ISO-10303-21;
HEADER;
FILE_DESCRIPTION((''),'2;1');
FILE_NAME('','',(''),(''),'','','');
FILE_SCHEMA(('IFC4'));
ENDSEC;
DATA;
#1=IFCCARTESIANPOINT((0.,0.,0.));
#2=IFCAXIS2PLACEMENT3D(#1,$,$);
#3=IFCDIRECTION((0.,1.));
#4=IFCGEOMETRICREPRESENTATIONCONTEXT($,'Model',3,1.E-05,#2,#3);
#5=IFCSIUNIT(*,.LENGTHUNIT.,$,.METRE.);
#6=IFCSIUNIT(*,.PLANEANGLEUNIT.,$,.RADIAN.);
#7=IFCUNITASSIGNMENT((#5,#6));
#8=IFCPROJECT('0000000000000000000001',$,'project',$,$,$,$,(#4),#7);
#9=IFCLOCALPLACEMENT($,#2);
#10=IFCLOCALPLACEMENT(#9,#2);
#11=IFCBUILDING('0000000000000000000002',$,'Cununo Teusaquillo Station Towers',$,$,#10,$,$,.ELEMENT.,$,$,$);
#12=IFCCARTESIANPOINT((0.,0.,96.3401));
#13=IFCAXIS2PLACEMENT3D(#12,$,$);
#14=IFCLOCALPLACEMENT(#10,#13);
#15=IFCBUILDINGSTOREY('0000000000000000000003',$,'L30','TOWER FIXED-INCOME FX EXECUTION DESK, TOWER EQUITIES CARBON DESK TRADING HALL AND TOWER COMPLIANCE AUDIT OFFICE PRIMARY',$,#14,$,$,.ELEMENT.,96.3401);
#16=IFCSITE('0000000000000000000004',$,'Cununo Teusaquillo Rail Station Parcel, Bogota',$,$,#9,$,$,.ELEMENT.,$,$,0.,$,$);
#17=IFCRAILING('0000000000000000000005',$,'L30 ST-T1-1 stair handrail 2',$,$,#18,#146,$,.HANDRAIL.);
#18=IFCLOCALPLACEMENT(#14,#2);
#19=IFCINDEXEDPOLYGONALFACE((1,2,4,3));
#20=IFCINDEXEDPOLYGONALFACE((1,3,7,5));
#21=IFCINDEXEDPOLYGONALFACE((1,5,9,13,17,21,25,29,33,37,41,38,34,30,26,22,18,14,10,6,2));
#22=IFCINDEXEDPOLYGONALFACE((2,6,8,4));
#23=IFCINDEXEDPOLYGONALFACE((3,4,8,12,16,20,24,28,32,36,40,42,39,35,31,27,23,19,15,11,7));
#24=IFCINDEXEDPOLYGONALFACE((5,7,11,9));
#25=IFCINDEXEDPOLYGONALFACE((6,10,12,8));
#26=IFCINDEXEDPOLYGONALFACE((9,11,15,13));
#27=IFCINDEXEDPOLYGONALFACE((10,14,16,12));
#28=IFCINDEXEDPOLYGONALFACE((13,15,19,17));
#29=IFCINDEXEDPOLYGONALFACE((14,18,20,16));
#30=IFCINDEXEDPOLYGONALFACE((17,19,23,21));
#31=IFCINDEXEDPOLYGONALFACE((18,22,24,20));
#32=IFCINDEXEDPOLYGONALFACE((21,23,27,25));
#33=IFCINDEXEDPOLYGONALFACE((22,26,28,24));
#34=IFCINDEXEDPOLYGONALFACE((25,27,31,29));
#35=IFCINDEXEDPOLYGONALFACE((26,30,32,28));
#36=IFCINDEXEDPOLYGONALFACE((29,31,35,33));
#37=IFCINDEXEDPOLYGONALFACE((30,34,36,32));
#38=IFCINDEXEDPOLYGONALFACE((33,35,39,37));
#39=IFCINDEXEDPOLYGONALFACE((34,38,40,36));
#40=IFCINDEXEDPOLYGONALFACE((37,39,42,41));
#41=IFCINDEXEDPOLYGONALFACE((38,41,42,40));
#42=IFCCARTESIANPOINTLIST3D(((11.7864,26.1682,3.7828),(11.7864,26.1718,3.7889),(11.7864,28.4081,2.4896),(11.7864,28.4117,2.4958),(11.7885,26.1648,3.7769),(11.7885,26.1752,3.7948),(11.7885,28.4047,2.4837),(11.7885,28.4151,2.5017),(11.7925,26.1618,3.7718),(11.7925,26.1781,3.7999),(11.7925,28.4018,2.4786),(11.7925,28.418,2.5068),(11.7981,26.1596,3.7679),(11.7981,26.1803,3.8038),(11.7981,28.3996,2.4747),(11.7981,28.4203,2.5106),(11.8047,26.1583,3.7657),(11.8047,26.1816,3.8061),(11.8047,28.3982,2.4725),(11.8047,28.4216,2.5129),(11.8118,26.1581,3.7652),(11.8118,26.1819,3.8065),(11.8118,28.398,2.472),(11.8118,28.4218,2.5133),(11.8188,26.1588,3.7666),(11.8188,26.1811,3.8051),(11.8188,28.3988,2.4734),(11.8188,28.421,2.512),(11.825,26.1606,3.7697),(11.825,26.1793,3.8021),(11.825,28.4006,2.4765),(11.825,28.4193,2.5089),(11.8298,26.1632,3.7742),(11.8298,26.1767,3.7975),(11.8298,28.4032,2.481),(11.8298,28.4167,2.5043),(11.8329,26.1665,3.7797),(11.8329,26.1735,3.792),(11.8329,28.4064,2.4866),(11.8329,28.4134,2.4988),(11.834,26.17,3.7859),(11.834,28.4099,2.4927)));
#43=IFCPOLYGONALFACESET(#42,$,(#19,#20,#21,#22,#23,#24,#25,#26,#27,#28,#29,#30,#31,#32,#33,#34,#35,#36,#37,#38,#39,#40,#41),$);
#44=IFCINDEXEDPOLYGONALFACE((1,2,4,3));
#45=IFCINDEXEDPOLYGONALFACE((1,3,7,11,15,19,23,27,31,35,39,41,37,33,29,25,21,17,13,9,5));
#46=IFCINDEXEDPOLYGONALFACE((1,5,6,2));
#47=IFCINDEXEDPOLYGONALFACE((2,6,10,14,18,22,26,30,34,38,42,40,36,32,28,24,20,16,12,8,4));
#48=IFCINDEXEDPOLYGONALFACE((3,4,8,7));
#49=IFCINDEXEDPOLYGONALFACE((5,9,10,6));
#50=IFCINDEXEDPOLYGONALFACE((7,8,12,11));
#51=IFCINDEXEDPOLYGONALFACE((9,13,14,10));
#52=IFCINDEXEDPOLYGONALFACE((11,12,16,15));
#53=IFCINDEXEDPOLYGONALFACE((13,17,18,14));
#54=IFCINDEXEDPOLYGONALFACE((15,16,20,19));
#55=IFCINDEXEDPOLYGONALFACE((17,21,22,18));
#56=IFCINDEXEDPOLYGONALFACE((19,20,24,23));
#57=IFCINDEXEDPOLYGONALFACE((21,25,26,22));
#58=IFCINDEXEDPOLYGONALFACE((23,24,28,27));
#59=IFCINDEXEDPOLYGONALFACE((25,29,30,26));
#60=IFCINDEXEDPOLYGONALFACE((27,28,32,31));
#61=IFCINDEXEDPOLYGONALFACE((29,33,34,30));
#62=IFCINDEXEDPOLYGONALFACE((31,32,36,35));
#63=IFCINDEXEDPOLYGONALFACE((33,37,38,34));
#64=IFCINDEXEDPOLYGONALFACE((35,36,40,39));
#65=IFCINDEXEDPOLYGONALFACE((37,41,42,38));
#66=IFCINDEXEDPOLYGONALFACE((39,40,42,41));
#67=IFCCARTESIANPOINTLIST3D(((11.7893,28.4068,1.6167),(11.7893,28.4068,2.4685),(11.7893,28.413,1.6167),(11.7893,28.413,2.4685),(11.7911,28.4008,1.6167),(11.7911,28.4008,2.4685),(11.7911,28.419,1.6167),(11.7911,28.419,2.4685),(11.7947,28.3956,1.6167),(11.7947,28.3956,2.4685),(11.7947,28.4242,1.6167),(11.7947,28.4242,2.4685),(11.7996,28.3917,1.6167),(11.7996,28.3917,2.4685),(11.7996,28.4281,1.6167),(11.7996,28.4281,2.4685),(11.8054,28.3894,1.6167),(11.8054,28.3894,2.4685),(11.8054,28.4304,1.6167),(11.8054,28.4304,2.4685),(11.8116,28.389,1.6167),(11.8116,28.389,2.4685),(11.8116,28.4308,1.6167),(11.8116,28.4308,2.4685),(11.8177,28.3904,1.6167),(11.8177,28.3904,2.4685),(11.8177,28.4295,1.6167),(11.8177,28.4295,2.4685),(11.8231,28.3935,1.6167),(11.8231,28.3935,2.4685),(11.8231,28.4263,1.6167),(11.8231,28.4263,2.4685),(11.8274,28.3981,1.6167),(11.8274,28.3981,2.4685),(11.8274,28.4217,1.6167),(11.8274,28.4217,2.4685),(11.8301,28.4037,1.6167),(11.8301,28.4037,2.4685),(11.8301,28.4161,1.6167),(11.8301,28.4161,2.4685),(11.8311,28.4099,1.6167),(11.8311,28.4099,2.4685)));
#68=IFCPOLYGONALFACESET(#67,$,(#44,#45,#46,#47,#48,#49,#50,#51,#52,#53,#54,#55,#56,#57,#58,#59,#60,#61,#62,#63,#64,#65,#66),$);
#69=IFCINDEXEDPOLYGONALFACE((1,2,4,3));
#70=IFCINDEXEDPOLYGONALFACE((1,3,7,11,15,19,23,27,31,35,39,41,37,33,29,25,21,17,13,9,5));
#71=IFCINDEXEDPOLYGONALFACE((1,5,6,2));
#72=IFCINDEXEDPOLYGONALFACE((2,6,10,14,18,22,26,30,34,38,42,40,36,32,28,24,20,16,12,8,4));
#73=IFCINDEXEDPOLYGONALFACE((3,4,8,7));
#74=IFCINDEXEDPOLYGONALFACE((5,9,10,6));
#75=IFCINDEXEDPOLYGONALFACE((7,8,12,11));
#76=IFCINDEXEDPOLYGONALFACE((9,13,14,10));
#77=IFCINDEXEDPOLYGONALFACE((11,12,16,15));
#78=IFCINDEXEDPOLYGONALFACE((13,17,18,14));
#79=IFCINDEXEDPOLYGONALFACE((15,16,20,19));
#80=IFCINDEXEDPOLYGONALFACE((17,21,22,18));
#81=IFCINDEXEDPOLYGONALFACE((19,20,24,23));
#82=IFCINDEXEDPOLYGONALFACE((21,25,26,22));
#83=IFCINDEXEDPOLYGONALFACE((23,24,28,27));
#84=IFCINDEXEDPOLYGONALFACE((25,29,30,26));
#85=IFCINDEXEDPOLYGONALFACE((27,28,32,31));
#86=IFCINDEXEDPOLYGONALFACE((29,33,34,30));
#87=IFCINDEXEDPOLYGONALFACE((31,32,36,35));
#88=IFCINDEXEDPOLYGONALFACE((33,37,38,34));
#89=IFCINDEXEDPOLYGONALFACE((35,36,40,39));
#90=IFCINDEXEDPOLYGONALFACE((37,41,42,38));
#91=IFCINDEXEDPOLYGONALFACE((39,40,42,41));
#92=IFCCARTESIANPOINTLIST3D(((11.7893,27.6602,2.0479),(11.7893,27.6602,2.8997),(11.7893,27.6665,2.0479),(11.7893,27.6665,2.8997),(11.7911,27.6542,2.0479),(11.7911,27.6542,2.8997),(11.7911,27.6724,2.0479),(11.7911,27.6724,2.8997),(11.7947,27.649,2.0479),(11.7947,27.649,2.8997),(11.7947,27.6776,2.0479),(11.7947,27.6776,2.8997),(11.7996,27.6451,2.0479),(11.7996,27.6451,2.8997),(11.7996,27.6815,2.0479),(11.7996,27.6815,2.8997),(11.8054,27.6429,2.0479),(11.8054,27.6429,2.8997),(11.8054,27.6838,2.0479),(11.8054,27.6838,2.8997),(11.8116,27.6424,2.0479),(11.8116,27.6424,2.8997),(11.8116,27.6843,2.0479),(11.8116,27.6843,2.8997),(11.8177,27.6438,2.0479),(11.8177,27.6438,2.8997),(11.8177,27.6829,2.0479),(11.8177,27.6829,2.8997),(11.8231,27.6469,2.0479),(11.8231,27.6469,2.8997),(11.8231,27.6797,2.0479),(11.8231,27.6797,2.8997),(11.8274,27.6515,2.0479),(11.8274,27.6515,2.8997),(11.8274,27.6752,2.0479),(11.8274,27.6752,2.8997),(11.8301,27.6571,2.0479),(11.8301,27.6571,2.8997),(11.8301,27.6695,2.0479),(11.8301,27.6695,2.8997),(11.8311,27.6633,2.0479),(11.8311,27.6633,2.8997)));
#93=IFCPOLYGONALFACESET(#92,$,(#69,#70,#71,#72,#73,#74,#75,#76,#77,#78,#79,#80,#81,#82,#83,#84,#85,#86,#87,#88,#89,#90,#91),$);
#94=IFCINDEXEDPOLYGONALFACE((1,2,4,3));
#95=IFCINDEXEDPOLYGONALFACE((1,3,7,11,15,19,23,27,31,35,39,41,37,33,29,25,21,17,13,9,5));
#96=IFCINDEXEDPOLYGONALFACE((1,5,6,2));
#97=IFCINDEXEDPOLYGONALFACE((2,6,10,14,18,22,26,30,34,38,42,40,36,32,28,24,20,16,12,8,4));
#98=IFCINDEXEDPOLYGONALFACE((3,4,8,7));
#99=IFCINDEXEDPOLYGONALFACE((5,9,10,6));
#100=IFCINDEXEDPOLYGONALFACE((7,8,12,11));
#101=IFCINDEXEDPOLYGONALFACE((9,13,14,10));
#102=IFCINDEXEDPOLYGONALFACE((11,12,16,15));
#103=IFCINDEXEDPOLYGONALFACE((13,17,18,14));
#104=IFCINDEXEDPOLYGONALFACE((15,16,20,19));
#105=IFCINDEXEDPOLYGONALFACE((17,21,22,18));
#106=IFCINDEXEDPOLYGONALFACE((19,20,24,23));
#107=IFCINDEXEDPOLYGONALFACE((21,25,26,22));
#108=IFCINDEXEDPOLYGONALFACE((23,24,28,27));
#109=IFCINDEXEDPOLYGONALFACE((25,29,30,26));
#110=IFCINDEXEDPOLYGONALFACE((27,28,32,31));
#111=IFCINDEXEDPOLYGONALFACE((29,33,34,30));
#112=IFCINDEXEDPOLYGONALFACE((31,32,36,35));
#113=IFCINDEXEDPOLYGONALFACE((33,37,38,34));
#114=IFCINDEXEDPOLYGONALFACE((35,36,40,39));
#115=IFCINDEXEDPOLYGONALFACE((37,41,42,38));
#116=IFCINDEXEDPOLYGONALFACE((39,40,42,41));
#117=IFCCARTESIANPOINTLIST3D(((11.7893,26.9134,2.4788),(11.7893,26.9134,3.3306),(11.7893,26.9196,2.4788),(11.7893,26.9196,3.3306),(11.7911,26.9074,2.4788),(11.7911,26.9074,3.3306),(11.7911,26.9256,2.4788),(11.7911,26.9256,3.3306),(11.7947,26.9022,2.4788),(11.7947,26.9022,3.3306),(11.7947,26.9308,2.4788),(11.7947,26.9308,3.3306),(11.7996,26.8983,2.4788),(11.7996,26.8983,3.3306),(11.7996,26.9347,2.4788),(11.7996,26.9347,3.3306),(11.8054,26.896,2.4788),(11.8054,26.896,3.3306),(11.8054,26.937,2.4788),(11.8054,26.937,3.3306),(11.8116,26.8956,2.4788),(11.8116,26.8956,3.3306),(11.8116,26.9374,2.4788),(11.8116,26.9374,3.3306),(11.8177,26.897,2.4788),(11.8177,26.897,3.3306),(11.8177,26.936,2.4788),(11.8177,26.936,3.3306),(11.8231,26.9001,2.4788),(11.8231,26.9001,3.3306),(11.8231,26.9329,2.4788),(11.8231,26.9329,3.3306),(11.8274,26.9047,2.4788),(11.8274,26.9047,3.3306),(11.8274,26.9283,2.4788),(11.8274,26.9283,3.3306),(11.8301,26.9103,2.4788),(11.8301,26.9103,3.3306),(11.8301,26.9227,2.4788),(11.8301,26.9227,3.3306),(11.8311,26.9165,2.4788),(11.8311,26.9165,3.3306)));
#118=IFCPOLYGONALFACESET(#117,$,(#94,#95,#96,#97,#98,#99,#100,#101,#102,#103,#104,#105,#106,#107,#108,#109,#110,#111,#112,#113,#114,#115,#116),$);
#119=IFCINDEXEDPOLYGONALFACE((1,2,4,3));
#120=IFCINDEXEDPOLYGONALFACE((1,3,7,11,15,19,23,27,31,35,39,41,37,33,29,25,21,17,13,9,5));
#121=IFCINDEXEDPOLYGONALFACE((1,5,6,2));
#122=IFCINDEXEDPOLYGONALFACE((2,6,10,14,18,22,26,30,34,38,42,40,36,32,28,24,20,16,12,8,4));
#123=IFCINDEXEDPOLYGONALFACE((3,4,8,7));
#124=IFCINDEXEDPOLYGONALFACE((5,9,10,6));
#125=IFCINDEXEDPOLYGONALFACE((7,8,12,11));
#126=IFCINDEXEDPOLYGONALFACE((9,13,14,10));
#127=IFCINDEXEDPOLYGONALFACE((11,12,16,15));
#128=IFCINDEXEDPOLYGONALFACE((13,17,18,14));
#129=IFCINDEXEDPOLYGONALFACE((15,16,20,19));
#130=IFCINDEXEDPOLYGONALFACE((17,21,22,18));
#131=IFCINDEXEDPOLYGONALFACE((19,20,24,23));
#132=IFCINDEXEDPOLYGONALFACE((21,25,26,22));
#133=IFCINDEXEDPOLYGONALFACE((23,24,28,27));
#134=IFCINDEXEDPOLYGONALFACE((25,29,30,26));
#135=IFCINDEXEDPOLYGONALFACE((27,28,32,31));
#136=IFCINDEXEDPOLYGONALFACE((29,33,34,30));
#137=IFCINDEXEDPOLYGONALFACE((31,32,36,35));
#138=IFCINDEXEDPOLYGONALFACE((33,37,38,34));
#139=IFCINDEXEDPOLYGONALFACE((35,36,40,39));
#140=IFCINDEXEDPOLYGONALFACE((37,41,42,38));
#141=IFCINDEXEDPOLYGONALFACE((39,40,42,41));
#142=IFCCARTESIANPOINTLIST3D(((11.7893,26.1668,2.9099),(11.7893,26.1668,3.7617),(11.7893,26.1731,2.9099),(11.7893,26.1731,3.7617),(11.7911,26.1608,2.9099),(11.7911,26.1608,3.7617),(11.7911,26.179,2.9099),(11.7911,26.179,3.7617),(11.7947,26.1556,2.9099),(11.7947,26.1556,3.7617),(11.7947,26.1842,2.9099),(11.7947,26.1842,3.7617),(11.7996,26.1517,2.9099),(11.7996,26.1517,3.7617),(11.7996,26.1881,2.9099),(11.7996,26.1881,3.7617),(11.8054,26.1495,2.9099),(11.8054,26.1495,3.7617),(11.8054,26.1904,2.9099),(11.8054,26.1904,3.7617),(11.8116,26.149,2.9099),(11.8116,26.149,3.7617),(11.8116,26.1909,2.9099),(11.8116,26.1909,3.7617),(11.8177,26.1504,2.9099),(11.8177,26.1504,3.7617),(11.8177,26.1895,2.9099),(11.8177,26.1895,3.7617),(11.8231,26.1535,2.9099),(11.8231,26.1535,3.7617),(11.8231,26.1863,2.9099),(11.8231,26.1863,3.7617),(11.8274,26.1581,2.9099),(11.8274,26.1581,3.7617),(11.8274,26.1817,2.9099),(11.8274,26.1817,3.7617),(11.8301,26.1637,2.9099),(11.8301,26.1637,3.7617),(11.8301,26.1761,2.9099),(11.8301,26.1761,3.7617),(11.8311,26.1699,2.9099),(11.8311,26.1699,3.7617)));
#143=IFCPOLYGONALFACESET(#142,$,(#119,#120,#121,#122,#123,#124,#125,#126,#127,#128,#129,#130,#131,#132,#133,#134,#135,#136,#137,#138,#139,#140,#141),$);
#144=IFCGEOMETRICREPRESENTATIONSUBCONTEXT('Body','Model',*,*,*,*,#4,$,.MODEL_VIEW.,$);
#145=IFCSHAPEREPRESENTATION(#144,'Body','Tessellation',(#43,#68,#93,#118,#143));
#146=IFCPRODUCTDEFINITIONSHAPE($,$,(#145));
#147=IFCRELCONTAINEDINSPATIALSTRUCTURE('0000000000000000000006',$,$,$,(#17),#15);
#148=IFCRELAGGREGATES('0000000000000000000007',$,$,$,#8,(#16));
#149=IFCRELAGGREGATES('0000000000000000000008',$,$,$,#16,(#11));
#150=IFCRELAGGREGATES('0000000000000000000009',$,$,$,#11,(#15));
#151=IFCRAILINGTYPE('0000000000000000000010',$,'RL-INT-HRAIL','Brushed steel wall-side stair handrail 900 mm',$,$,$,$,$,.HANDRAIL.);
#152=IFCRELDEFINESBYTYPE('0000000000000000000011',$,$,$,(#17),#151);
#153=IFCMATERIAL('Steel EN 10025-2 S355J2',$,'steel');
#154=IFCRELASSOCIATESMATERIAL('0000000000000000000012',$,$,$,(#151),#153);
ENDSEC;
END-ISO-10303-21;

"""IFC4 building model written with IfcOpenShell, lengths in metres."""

from ifc_helpers import new_model, si_unit, direction, frame, origin, origin_2d, place, context, subcontext, project, spatial, circle, extrude, material, type_object, element, save


model = new_model("IFC4")

# Units and contexts
model_context = context("Model", 3, precision=1e-05, world=origin(), true_north=direction((0.0, 1.0)))
body_context = subcontext(model_context, "Body", "Model", "MODEL_VIEW")
ifc_project = project(units=[si_unit("LENGTHUNIT", "METRE"), si_unit("PLANEANGLEUNIT", "RADIAN")], contexts=[model_context])

# Site, building, storey
site_placement = place(None, origin())
site = spatial("IfcSite", under=ifc_project, at=site_placement, Name="Cununo Teusaquillo Rail Station Parcel, Bogota", CompositionType="ELEMENT", RefElevation=0.0)
building_placement = place(site_placement, origin())
building = spatial("IfcBuilding", under=site, at=building_placement, Name="Cununo Teusaquillo Station Towers", CompositionType="ELEMENT")
storey_placement = place(building_placement, frame((0.0, 0.0, 96.3401)))
storey = spatial("IfcBuildingStorey", under=building, at=storey_placement, Name="L30", Description="TOWER FIXED-INCOME FX EXECUTION DESK, TOWER EQUITIES CARBON DESK TRADING HALL AND TOWER COMPLIANCE AUDIT OFFICE PRIMARY", CompositionType="ELEMENT", Elevation=96.3401)

# Railing
ifc_material_1 = material(Name="Steel EN 10025-2 S355J2", Category="steel")
railing_type_1 = type_object("IfcRailingType", Name="RL-INT-HRAIL", Description="Brushed steel wall-side stair handrail 900 mm", PredefinedType="HANDRAIL", material=ifc_material_1)
railing_1_placement = place(storey_placement, frame((11.8101, 28.4099, 1.6167)))
element("IfcRailing", 1, at=railing_1_placement, inside=storey, type_object=railing_type_1, Name="L30 ST-T1-1 stair handrail 2", PredefinedType="HANDRAIL", context=body_context, shape_type="SweptSolid", body=[
    extrude(circle(Radius=0.0239, at=origin_2d()), frame((0.0, 0.0, 0.876), z_axis=(0.0, -0.866033, 0.499987), x_axis=(1.0, 0.0, 0.0)), (0.0, 0.0, 1.0), 2.5864),
    extrude(circle(Radius=0.021, at=origin_2d()), origin(), (0.0, 0.0, 1.0), 0.8518),
    extrude(circle(Radius=0.021, at=origin_2d()), frame((0.0, -0.7466, 0.4312)), (0.0, 0.0, 1.0), 0.8518),
    extrude(circle(Radius=0.021, at=origin_2d()), frame((0.0, -1.4934, 0.8621)), (0.0, 0.0, 1.0), 0.8518),
    extrude(circle(Radius=0.021, at=origin_2d()), frame((0.0, -2.24, 1.2932)), (0.0, 0.0, 1.0), 0.8518),
])

save(model, "model.ifc")
